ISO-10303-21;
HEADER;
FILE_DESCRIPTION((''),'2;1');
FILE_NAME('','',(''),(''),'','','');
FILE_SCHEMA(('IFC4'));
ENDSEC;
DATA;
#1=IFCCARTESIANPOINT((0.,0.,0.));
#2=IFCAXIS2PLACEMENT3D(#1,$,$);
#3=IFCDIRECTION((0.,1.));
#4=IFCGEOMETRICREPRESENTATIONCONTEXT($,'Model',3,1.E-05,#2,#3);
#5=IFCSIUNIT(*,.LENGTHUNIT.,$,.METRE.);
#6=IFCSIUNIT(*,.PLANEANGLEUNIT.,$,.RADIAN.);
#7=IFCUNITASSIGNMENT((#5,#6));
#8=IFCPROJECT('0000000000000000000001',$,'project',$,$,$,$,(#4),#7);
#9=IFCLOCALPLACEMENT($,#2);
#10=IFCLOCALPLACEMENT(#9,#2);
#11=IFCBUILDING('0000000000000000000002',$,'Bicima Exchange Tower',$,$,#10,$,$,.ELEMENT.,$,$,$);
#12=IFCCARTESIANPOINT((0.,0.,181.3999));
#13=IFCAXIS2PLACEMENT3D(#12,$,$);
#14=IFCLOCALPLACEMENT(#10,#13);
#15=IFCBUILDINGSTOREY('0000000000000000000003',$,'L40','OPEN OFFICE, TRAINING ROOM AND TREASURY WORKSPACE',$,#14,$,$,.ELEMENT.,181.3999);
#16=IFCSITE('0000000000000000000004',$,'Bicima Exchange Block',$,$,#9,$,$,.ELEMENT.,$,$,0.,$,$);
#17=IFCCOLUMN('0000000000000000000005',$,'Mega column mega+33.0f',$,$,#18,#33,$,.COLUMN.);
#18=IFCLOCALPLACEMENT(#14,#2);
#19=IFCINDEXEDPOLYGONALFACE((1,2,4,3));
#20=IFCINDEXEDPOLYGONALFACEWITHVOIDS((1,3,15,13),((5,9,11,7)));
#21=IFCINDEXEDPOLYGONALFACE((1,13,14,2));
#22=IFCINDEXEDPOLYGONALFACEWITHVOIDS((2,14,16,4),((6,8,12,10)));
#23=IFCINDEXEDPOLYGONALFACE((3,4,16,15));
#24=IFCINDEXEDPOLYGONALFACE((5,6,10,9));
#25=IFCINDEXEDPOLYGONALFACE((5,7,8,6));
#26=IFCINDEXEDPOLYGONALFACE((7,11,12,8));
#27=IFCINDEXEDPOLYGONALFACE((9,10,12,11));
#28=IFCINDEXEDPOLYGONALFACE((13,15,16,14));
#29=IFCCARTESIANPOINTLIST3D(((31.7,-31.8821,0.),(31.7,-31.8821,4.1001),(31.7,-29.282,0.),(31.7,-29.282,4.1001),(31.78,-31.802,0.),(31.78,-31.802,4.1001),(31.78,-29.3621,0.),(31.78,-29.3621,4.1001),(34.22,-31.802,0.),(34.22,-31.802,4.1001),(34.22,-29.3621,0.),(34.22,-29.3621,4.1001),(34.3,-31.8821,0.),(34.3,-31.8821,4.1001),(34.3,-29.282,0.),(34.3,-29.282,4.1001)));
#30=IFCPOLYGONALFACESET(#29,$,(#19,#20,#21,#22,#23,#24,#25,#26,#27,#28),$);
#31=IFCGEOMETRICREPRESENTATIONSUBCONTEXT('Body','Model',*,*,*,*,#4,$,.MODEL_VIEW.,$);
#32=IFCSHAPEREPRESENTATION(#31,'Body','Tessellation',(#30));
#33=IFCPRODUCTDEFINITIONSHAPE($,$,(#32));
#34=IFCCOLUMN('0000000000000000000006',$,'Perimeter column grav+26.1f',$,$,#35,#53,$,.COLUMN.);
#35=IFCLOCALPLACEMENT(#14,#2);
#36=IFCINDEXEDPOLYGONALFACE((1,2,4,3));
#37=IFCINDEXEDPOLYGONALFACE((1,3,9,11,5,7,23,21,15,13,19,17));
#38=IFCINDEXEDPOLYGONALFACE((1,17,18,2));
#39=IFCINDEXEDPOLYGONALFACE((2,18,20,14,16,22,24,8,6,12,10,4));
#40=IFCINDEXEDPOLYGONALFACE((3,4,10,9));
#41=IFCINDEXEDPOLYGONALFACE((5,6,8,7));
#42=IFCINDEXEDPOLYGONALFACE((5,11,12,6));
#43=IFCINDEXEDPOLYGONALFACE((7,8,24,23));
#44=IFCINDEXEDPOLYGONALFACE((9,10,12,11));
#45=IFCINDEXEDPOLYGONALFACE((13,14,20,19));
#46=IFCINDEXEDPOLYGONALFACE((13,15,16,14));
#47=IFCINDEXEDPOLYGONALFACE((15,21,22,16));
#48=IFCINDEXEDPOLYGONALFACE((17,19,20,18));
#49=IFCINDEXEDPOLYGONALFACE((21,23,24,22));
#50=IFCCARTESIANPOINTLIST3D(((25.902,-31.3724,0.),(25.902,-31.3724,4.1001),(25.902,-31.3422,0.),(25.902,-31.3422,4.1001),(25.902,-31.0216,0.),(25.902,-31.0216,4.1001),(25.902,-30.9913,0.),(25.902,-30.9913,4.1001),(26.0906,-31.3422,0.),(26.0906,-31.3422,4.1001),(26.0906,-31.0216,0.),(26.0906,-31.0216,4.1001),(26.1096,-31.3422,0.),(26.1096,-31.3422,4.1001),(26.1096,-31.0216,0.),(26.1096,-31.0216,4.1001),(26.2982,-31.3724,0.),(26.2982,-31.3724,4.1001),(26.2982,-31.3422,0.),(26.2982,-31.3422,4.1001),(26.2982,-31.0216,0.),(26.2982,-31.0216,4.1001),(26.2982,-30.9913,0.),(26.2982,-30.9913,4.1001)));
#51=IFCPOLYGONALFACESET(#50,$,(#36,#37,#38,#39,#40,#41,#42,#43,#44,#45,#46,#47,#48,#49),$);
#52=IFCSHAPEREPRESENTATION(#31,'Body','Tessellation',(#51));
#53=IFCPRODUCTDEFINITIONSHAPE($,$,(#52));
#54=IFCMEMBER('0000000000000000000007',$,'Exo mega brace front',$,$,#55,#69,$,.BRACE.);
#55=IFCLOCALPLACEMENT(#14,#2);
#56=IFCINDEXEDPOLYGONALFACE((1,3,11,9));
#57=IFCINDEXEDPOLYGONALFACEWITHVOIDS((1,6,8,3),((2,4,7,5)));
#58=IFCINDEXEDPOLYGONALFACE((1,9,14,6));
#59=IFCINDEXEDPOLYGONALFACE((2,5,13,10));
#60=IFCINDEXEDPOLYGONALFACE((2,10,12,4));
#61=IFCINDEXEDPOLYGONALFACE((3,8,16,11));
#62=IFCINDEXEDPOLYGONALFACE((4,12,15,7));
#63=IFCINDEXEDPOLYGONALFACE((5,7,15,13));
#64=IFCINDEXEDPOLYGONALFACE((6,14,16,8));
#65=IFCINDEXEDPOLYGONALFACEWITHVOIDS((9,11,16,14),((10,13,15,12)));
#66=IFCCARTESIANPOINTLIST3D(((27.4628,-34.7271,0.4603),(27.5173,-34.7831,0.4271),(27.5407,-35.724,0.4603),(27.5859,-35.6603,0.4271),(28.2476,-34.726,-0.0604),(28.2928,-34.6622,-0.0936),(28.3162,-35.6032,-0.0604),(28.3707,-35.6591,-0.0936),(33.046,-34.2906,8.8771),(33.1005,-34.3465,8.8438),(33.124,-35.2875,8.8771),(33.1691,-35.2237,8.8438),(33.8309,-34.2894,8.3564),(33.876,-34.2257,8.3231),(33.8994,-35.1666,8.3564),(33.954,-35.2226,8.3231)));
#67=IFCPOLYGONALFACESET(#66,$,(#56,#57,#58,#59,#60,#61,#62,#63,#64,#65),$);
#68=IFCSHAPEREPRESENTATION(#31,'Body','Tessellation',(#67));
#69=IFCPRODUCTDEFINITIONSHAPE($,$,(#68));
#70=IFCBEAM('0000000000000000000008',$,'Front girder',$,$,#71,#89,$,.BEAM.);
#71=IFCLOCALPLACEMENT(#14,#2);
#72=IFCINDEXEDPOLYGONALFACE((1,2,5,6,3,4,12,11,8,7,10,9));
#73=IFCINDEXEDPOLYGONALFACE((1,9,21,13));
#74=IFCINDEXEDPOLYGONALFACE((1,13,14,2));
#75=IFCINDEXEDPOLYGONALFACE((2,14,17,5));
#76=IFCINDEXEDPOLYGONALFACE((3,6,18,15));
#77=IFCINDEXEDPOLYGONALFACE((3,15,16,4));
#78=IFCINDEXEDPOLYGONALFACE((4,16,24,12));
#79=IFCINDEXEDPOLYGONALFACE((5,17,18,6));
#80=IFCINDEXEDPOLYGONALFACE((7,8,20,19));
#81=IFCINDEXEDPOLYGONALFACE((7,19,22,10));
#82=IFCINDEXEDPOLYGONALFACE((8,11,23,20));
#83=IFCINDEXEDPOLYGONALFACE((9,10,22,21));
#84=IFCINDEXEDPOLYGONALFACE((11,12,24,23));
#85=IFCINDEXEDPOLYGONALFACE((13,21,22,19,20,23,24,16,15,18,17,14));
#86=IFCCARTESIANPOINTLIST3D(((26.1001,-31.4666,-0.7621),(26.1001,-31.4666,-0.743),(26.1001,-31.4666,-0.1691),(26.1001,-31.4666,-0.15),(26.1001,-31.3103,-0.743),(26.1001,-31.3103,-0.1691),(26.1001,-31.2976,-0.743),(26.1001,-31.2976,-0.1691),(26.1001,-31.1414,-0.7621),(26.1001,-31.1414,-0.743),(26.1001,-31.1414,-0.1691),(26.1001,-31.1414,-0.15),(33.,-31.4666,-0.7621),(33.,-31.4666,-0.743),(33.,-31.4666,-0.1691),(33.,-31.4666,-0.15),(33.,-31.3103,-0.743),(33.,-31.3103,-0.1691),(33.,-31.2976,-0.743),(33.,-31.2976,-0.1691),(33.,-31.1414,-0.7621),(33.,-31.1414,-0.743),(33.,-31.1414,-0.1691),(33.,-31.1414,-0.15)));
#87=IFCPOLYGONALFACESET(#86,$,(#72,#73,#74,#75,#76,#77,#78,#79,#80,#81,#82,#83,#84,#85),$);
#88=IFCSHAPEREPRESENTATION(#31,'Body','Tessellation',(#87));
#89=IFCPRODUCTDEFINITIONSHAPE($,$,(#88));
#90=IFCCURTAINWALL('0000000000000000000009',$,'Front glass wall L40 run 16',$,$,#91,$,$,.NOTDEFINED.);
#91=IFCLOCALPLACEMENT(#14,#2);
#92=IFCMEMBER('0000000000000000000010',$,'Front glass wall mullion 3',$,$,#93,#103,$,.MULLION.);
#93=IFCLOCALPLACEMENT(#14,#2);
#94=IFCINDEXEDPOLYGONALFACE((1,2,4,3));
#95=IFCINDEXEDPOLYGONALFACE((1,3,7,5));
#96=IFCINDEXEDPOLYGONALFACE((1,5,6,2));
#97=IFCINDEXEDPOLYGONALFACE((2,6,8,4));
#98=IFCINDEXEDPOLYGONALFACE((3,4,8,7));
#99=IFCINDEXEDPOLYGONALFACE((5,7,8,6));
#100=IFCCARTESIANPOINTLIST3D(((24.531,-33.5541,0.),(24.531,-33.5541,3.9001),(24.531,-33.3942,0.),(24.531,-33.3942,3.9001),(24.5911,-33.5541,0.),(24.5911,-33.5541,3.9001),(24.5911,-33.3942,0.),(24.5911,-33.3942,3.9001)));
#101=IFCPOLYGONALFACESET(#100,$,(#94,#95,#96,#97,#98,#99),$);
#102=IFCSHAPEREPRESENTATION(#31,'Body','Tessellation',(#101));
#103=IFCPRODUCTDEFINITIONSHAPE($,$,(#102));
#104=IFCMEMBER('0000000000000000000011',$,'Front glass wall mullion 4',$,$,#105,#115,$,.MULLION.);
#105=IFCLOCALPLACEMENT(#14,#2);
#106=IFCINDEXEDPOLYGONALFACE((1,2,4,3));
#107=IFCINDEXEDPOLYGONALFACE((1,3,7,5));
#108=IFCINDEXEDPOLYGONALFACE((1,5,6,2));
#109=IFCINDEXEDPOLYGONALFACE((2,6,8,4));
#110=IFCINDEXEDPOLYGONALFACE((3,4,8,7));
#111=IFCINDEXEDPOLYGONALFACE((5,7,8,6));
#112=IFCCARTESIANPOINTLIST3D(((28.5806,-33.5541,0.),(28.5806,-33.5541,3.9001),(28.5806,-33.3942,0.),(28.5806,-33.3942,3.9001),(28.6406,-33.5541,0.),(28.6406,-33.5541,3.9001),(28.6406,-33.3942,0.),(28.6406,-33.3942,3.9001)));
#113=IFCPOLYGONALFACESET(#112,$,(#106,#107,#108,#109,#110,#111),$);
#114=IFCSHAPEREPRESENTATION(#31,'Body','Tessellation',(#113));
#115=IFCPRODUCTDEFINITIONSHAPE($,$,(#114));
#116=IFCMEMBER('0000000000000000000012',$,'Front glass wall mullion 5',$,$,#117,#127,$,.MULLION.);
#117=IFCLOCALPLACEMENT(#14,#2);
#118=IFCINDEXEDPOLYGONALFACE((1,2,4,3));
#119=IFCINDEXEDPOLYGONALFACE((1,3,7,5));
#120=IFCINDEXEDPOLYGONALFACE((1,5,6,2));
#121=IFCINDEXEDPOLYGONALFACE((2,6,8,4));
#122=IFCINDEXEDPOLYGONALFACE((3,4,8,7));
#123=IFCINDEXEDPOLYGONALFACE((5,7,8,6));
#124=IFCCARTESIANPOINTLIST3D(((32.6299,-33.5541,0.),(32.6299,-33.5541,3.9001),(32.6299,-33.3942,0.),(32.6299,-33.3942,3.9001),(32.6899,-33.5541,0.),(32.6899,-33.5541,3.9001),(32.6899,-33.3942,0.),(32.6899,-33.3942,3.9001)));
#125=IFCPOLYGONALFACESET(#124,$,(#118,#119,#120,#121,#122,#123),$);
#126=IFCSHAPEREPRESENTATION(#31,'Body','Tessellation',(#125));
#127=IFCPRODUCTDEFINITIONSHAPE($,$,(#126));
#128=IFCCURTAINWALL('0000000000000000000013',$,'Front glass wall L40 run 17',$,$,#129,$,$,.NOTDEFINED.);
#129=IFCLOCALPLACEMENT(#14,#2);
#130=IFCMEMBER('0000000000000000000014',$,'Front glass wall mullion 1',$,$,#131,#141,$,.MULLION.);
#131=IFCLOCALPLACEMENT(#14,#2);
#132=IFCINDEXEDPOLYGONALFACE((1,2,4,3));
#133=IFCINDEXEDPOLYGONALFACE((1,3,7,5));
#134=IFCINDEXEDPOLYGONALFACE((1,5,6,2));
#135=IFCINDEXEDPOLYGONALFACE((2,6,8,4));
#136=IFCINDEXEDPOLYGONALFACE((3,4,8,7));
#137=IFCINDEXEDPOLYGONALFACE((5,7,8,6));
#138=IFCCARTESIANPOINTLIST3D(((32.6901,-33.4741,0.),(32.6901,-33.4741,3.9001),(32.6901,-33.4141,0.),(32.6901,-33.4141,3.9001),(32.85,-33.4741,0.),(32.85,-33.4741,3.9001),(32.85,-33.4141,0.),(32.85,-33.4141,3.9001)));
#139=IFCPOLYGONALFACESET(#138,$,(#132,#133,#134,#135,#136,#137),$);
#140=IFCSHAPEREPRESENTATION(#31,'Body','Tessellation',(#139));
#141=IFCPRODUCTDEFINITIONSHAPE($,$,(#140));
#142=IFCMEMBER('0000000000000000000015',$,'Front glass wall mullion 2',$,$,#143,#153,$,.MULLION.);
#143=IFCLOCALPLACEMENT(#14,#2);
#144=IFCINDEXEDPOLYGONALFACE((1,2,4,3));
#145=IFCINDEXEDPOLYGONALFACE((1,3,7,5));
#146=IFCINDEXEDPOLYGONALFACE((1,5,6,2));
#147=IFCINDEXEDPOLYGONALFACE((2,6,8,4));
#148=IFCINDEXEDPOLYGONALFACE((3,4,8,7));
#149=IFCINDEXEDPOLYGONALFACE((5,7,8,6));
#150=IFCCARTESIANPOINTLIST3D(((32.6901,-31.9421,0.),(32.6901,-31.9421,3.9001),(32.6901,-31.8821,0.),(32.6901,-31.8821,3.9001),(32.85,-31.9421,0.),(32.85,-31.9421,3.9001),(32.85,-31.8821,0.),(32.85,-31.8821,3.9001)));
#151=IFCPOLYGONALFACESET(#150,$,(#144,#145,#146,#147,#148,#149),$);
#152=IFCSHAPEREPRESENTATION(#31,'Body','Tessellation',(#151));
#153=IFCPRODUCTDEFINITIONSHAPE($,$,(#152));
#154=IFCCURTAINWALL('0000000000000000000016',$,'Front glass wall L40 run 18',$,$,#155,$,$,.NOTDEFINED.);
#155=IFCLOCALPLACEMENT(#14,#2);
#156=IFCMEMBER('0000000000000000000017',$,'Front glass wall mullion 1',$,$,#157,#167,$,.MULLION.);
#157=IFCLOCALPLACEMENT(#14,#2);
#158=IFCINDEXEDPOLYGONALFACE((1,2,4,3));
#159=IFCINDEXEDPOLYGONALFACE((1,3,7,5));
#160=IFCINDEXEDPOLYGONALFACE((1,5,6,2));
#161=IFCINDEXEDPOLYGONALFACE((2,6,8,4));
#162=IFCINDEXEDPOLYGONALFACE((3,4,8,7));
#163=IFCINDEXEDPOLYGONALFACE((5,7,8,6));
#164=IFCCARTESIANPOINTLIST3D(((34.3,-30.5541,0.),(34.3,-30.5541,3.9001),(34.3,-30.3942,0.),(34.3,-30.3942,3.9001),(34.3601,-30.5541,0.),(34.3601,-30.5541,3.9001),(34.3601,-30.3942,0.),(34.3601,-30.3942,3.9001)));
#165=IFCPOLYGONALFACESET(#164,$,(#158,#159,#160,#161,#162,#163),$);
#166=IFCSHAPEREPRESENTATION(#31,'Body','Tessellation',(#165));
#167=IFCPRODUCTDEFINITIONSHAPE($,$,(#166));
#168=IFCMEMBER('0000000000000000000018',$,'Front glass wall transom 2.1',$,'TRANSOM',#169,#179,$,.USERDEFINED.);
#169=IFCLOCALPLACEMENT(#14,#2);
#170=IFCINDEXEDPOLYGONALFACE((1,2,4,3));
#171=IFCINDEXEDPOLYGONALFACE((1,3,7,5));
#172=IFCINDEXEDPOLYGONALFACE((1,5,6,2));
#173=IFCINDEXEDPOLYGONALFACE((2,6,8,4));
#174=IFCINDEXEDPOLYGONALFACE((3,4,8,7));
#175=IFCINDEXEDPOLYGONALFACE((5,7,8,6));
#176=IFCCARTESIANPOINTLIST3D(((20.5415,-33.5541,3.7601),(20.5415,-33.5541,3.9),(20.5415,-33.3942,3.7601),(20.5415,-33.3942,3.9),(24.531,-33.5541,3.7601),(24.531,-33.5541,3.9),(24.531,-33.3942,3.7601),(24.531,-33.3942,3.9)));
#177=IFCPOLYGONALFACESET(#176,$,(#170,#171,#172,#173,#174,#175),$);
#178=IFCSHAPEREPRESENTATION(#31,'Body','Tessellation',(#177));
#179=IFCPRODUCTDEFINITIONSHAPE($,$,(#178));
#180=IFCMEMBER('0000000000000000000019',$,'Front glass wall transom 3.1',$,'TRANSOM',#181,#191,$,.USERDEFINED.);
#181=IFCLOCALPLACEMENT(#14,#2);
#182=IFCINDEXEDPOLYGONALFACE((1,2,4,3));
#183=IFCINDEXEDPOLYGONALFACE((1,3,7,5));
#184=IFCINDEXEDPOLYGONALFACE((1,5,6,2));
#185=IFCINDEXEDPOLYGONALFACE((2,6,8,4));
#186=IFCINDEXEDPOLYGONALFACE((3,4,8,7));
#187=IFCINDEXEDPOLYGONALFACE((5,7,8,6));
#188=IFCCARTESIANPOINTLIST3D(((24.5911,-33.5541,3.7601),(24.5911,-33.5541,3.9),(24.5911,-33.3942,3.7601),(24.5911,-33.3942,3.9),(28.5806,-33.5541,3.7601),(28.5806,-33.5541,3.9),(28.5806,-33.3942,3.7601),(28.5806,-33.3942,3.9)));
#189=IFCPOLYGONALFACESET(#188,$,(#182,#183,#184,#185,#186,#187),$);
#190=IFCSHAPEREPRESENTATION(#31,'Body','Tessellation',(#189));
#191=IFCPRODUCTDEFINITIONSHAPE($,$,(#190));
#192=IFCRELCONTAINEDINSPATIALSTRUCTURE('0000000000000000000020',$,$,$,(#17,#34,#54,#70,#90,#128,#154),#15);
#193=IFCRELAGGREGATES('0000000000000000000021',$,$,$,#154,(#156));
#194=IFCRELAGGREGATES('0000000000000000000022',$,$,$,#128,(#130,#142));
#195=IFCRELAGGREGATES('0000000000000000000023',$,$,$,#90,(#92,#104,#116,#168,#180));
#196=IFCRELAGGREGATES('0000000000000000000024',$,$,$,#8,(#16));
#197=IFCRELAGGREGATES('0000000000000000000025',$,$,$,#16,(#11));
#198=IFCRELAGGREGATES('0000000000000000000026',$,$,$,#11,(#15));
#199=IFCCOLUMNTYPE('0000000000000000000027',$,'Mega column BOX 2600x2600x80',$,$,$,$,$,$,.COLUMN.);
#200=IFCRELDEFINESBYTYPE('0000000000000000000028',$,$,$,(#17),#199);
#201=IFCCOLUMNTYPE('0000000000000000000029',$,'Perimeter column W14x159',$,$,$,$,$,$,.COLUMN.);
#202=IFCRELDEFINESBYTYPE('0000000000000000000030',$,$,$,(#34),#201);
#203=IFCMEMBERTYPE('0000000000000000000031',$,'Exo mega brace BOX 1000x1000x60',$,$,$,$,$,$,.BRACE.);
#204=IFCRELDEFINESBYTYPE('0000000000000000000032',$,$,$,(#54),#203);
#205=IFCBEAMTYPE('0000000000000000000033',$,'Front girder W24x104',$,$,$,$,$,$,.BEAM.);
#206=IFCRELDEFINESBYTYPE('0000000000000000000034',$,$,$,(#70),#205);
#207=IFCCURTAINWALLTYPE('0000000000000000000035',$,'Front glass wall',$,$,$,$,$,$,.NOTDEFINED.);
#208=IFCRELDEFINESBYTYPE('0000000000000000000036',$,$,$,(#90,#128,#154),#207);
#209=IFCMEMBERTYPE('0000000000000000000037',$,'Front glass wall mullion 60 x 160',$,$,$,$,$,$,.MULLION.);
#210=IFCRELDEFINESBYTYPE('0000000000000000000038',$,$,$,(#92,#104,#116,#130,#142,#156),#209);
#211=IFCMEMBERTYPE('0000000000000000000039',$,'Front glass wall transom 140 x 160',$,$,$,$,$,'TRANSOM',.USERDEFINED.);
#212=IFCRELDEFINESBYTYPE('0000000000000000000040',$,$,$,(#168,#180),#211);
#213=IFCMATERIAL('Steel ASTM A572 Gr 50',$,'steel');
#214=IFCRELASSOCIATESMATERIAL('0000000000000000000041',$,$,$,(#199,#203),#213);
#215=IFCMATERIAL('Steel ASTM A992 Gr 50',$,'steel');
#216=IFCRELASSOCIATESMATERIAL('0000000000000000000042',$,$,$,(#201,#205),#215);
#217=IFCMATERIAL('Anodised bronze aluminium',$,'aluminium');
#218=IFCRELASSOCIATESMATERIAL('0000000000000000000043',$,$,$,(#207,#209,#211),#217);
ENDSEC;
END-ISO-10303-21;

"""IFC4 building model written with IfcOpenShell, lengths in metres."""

from ifc_helpers import new_model, si_unit, direction, frame, origin, origin_2d, place, context, subcontext, project, spatial, rectangle, hollow_rectangle, i_section, extrude, material, material_profile, profile_set, type_object, element, aggregate, save


model = new_model("IFC4")

# Units and contexts
model_context = context("Model", 3, precision=1e-05, world=origin(), true_north=direction((0.0, 1.0)))
body_context = subcontext(model_context, "Body", "Model", "MODEL_VIEW")
ifc_project = project(units=[si_unit("LENGTHUNIT", "METRE"), si_unit("PLANEANGLEUNIT", "RADIAN")], contexts=[model_context])

# Site, building, storey
site_placement = place(None, origin())
site = spatial("IfcSite", under=ifc_project, at=site_placement, Name="Bicima Exchange Block", CompositionType="ELEMENT", RefElevation=0.0)
building_placement = place(site_placement, origin())
building = spatial("IfcBuilding", under=site, at=building_placement, Name="Bicima Exchange Tower", CompositionType="ELEMENT")
storey_placement = place(building_placement, frame((0.0, 0.0, 181.3999)))
storey = spatial("IfcBuildingStorey", under=building, at=storey_placement, Name="L40", Description="OPEN OFFICE, TRAINING ROOM AND TREASURY WORKSPACE", CompositionType="ELEMENT", Elevation=181.3999)

# Columns
ifc_material_1 = material(Name="Steel ASTM A572 Gr 50", Category="steel")
ifc_material_profile_1 = material_profile(ifc_material_1, hollow_rectangle(XDim=2.6001, YDim=2.6001, WallThickness=0.0801, at=origin_2d()))
ifc_profile_set_1 = profile_set([ifc_material_profile_1], Name="Steel ASTM A572 Gr 50")
column_type_1 = type_object("IfcColumnType", Name="Mega column BOX 2600x2600x80", PredefinedType="COLUMN", material=ifc_profile_set_1)
column_1_placement = place(storey_placement, frame((33.0, -30.582, 0.0), z_axis=(0.0, 0.0, 1.0), x_axis=(1.0, 0.0, 0.0)))
element("IfcColumn", 1, at=column_1_placement, inside=storey, type_object=column_type_1, Name="Mega column mega+33.0f", PredefinedType="COLUMN", context=body_context, shape_type="SweptSolid", body=[
    extrude(hollow_rectangle(XDim=2.6001, YDim=2.6001, WallThickness=0.0801, at=origin_2d()), origin(), (0.0, 0.0, 1.0), 4.1001),
])
ifc_material_2 = material(Name="Steel ASTM A992 Gr 50", Category="steel")
ifc_material_profile_2 = material_profile(ifc_material_2, i_section(OverallWidth=0.3962, OverallDepth=0.3811, WebThickness=0.019, FlangeThickness=0.0303, at=origin_2d()))
ifc_profile_set_2 = profile_set([ifc_material_profile_2], Name="Steel ASTM A992 Gr 50")
column_type_2 = type_object("IfcColumnType", Name="Perimeter column W14x159", PredefinedType="COLUMN", material=ifc_profile_set_2)
column_2_placement = place(storey_placement, frame((26.1001, -31.1819, 0.0), z_axis=(0.0, 0.0, 1.0), x_axis=(1.0, 0.0, 0.0)))
element("IfcColumn", 2, at=column_2_placement, inside=storey, type_object=column_type_2, Name="Perimeter column grav+26.1f", PredefinedType="COLUMN", context=body_context, shape_type="SweptSolid", body=[
    extrude(i_section(OverallWidth=0.3962, OverallDepth=0.3811, WebThickness=0.019, FlangeThickness=0.0303, at=origin_2d()), origin(), (0.0, 0.0, 1.0), 4.1001),
])

# Member
ifc_material_profile_3 = material_profile(ifc_material_1, hollow_rectangle(XDim=1.0, YDim=1.0, WallThickness=0.0601, at=origin_2d()))
ifc_profile_set_3 = profile_set([ifc_material_profile_3], Name="Steel ASTM A572 Gr 50")
member_type_1 = type_object("IfcMemberType", Name="Exo mega brace BOX 1000x1000x60", PredefinedType="BRACE", material=ifc_profile_set_3)
member_1_placement = place(storey_placement, frame((27.9167, -35.1931, 0.1833), z_axis=(0.55227, 0.043179, 0.832546), x_axis=(-0.077947, 0.996958, 0.0)))
element("IfcMember", 3, at=member_1_placement, inside=storey, type_object=member_type_1, Name="Exo mega brace front", PredefinedType="BRACE", context=body_context, shape_type="SweptSolid", body=[
    extrude(hollow_rectangle(XDim=1.0, YDim=1.0, WallThickness=0.0601, at=origin_2d()), origin(), (0.0, 0.0, 1.0), 10.1096),
])

# Beam
ifc_material_profile_4 = material_profile(ifc_material_2, i_section(OverallWidth=0.3252, OverallDepth=0.6121, WebThickness=0.0127, FlangeThickness=0.019, at=origin_2d()))
ifc_profile_set_4 = profile_set([ifc_material_profile_4], Name="Steel ASTM A992 Gr 50")
beam_type = type_object("IfcBeamType", Name="Front girder W24x104", PredefinedType="BEAM", material=ifc_profile_set_4)
beam_placement = place(storey_placement, frame((26.1001, -31.304, -0.4561), z_axis=(1.0, 0.0, 0.0), x_axis=(0.0, 1.0, 0.0)))
element("IfcBeam", 4, at=beam_placement, inside=storey, type_object=beam_type, Name="Front girder", PredefinedType="BEAM", context=body_context, shape_type="SweptSolid", body=[
    extrude(i_section(OverallWidth=0.3252, OverallDepth=0.6121, WebThickness=0.0127, FlangeThickness=0.019, at=origin_2d()), origin(), (0.0, 0.0, 1.0), 6.8999),
])

# Curtain walls, members
ifc_material_3 = material(Name="Anodised bronze aluminium", Category="aluminium")
curtain_wall_type = type_object("IfcCurtainWallType", Name="Front glass wall", PredefinedType="NOTDEFINED", material=ifc_material_3)
curtain_wall_1_placement = place(storey_placement, origin())
curtain_wall_1 = element("IfcCurtainWall", 5, at=curtain_wall_1_placement, inside=storey, type_object=curtain_wall_type, Name="Front glass wall L40 run 16", PredefinedType="NOTDEFINED")
ifc_material_profile_5 = material_profile(ifc_material_3, rectangle(XDim=0.1599, YDim=0.0601, at=origin_2d()))
ifc_profile_set_5 = profile_set([ifc_material_profile_5], Name="Anodised bronze aluminium")
member_type_2 = type_object("IfcMemberType", Name="Front glass wall mullion 60 x 160", PredefinedType="MULLION", material=ifc_profile_set_5)
member_2_placement = place(storey_placement, frame((24.561, -33.4741, 0.0), z_axis=(0.0, 0.0, 1.0), x_axis=(0.0, 1.0, 0.0)))
member_2 = element("IfcMember", 6, at=member_2_placement, type_object=member_type_2, Name="Front glass wall mullion 3", PredefinedType="MULLION", context=body_context, shape_type="SweptSolid", body=[
    extrude(rectangle(XDim=0.1599, YDim=0.0601, at=origin_2d()), origin(), (0.0, 0.0, 1.0), 3.9001),
])
member_3_placement = place(storey_placement, frame((28.6106, -33.4741, 0.0), z_axis=(0.0, 0.0, 1.0), x_axis=(0.0, 1.0, 0.0)))
member_3 = element("IfcMember", 7, at=member_3_placement, type_object=member_type_2, Name="Front glass wall mullion 4", PredefinedType="MULLION", context=body_context, shape_type="SweptSolid", body=[
    extrude(rectangle(XDim=0.1599, YDim=0.0601, at=origin_2d()), origin(), (0.0, 0.0, 1.0), 3.9001),
])
member_4_placement = place(storey_placement, frame((32.6599, -33.4741, 0.0), z_axis=(0.0, 0.0, 1.0), x_axis=(0.0, 1.0, 0.0)))
member_4 = element("IfcMember", 8, at=member_4_placement, type_object=member_type_2, Name="Front glass wall mullion 5", PredefinedType="MULLION", context=body_context, shape_type="SweptSolid", body=[
    extrude(rectangle(XDim=0.1599, YDim=0.0601, at=origin_2d()), origin(), (0.0, 0.0, 1.0), 3.9001),
])
curtain_wall_2_placement = place(storey_placement, origin())
curtain_wall_2 = element("IfcCurtainWall", 9, at=curtain_wall_2_placement, inside=storey, type_object=curtain_wall_type, Name="Front glass wall L40 run 17", PredefinedType="NOTDEFINED")
member_5_placement = place(storey_placement, frame((32.77, -33.4441, 0.0), z_axis=(0.0, 0.0, 1.0), x_axis=(-1.0, 0.0, 0.0)))
member_5 = element("IfcMember", 10, at=member_5_placement, type_object=member_type_2, Name="Front glass wall mullion 1", PredefinedType="MULLION", context=body_context, shape_type="SweptSolid", body=[
    extrude(rectangle(XDim=0.1599, YDim=0.0601, at=origin_2d()), origin(), (0.0, 0.0, 1.0), 3.9001),
])
member_6_placement = place(storey_placement, frame((32.77, -31.9121, 0.0), z_axis=(0.0, 0.0, 1.0), x_axis=(-1.0, 0.0, 0.0)))
member_6 = element("IfcMember", 11, at=member_6_placement, type_object=member_type_2, Name="Front glass wall mullion 2", PredefinedType="MULLION", context=body_context, shape_type="SweptSolid", body=[
    extrude(rectangle(XDim=0.1599, YDim=0.0601, at=origin_2d()), origin(), (0.0, 0.0, 1.0), 3.9001),
])

# Curtain wall, member
curtain_wall_3_placement = place(storey_placement, origin())
curtain_wall_3 = element("IfcCurtainWall", 12, at=curtain_wall_3_placement, inside=storey, type_object=curtain_wall_type, Name="Front glass wall L40 run 18", PredefinedType="NOTDEFINED")
member_7_placement = place(storey_placement, frame((34.3301, -30.4741, 0.0), z_axis=(0.0, 0.0, 1.0), x_axis=(0.0, 1.0, 0.0)))
member_7 = element("IfcMember", 13, at=member_7_placement, type_object=member_type_2, Name="Front glass wall mullion 1", PredefinedType="MULLION", context=body_context, shape_type="SweptSolid", body=[
    extrude(rectangle(XDim=0.1599, YDim=0.0601, at=origin_2d()), origin(), (0.0, 0.0, 1.0), 3.9001),
])

# Members
ifc_material_profile_6 = material_profile(ifc_material_3, rectangle(XDim=0.1599, YDim=0.1399, at=origin_2d()))
ifc_profile_set_6 = profile_set([ifc_material_profile_6], Name="Anodised bronze aluminium")
member_type_3 = type_object("IfcMemberType", Name="Front glass wall transom 140 x 160", ElementType="TRANSOM", PredefinedType="USERDEFINED", material=ifc_profile_set_6)
member_8_placement = place(storey_placement, frame((20.5415, -33.4741, 3.8301), z_axis=(1.0, 0.0, 0.0), x_axis=(0.0, 1.0, 0.0)))
member_8 = element("IfcMember", 14, at=member_8_placement, type_object=member_type_3, Name="Front glass wall transom 2.1", ObjectType="TRANSOM", PredefinedType="USERDEFINED", context=body_context, shape_type="SweptSolid", body=[
    extrude(rectangle(XDim=0.1599, YDim=0.1399, at=origin_2d()), origin(), (0.0, 0.0, 1.0), 3.9895),
])
member_9_placement = place(storey_placement, frame((24.5911, -33.4741, 3.8301), z_axis=(1.0, 0.0, 0.0), x_axis=(0.0, 1.0, 0.0)))
member_9 = element("IfcMember", 15, at=member_9_placement, type_object=member_type_3, Name="Front glass wall transom 3.1", ObjectType="TRANSOM", PredefinedType="USERDEFINED", context=body_context, shape_type="SweptSolid", body=[
    extrude(rectangle(XDim=0.1599, YDim=0.1399, at=origin_2d()), origin(), (0.0, 0.0, 1.0), 3.9895),
])
aggregate(curtain_wall_3, [member_7])

aggregate(curtain_wall_2, [member_5, member_6])
aggregate(curtain_wall_1, [member_2, member_3, member_4, member_8, member_9])

save(model, "model.ifc")
